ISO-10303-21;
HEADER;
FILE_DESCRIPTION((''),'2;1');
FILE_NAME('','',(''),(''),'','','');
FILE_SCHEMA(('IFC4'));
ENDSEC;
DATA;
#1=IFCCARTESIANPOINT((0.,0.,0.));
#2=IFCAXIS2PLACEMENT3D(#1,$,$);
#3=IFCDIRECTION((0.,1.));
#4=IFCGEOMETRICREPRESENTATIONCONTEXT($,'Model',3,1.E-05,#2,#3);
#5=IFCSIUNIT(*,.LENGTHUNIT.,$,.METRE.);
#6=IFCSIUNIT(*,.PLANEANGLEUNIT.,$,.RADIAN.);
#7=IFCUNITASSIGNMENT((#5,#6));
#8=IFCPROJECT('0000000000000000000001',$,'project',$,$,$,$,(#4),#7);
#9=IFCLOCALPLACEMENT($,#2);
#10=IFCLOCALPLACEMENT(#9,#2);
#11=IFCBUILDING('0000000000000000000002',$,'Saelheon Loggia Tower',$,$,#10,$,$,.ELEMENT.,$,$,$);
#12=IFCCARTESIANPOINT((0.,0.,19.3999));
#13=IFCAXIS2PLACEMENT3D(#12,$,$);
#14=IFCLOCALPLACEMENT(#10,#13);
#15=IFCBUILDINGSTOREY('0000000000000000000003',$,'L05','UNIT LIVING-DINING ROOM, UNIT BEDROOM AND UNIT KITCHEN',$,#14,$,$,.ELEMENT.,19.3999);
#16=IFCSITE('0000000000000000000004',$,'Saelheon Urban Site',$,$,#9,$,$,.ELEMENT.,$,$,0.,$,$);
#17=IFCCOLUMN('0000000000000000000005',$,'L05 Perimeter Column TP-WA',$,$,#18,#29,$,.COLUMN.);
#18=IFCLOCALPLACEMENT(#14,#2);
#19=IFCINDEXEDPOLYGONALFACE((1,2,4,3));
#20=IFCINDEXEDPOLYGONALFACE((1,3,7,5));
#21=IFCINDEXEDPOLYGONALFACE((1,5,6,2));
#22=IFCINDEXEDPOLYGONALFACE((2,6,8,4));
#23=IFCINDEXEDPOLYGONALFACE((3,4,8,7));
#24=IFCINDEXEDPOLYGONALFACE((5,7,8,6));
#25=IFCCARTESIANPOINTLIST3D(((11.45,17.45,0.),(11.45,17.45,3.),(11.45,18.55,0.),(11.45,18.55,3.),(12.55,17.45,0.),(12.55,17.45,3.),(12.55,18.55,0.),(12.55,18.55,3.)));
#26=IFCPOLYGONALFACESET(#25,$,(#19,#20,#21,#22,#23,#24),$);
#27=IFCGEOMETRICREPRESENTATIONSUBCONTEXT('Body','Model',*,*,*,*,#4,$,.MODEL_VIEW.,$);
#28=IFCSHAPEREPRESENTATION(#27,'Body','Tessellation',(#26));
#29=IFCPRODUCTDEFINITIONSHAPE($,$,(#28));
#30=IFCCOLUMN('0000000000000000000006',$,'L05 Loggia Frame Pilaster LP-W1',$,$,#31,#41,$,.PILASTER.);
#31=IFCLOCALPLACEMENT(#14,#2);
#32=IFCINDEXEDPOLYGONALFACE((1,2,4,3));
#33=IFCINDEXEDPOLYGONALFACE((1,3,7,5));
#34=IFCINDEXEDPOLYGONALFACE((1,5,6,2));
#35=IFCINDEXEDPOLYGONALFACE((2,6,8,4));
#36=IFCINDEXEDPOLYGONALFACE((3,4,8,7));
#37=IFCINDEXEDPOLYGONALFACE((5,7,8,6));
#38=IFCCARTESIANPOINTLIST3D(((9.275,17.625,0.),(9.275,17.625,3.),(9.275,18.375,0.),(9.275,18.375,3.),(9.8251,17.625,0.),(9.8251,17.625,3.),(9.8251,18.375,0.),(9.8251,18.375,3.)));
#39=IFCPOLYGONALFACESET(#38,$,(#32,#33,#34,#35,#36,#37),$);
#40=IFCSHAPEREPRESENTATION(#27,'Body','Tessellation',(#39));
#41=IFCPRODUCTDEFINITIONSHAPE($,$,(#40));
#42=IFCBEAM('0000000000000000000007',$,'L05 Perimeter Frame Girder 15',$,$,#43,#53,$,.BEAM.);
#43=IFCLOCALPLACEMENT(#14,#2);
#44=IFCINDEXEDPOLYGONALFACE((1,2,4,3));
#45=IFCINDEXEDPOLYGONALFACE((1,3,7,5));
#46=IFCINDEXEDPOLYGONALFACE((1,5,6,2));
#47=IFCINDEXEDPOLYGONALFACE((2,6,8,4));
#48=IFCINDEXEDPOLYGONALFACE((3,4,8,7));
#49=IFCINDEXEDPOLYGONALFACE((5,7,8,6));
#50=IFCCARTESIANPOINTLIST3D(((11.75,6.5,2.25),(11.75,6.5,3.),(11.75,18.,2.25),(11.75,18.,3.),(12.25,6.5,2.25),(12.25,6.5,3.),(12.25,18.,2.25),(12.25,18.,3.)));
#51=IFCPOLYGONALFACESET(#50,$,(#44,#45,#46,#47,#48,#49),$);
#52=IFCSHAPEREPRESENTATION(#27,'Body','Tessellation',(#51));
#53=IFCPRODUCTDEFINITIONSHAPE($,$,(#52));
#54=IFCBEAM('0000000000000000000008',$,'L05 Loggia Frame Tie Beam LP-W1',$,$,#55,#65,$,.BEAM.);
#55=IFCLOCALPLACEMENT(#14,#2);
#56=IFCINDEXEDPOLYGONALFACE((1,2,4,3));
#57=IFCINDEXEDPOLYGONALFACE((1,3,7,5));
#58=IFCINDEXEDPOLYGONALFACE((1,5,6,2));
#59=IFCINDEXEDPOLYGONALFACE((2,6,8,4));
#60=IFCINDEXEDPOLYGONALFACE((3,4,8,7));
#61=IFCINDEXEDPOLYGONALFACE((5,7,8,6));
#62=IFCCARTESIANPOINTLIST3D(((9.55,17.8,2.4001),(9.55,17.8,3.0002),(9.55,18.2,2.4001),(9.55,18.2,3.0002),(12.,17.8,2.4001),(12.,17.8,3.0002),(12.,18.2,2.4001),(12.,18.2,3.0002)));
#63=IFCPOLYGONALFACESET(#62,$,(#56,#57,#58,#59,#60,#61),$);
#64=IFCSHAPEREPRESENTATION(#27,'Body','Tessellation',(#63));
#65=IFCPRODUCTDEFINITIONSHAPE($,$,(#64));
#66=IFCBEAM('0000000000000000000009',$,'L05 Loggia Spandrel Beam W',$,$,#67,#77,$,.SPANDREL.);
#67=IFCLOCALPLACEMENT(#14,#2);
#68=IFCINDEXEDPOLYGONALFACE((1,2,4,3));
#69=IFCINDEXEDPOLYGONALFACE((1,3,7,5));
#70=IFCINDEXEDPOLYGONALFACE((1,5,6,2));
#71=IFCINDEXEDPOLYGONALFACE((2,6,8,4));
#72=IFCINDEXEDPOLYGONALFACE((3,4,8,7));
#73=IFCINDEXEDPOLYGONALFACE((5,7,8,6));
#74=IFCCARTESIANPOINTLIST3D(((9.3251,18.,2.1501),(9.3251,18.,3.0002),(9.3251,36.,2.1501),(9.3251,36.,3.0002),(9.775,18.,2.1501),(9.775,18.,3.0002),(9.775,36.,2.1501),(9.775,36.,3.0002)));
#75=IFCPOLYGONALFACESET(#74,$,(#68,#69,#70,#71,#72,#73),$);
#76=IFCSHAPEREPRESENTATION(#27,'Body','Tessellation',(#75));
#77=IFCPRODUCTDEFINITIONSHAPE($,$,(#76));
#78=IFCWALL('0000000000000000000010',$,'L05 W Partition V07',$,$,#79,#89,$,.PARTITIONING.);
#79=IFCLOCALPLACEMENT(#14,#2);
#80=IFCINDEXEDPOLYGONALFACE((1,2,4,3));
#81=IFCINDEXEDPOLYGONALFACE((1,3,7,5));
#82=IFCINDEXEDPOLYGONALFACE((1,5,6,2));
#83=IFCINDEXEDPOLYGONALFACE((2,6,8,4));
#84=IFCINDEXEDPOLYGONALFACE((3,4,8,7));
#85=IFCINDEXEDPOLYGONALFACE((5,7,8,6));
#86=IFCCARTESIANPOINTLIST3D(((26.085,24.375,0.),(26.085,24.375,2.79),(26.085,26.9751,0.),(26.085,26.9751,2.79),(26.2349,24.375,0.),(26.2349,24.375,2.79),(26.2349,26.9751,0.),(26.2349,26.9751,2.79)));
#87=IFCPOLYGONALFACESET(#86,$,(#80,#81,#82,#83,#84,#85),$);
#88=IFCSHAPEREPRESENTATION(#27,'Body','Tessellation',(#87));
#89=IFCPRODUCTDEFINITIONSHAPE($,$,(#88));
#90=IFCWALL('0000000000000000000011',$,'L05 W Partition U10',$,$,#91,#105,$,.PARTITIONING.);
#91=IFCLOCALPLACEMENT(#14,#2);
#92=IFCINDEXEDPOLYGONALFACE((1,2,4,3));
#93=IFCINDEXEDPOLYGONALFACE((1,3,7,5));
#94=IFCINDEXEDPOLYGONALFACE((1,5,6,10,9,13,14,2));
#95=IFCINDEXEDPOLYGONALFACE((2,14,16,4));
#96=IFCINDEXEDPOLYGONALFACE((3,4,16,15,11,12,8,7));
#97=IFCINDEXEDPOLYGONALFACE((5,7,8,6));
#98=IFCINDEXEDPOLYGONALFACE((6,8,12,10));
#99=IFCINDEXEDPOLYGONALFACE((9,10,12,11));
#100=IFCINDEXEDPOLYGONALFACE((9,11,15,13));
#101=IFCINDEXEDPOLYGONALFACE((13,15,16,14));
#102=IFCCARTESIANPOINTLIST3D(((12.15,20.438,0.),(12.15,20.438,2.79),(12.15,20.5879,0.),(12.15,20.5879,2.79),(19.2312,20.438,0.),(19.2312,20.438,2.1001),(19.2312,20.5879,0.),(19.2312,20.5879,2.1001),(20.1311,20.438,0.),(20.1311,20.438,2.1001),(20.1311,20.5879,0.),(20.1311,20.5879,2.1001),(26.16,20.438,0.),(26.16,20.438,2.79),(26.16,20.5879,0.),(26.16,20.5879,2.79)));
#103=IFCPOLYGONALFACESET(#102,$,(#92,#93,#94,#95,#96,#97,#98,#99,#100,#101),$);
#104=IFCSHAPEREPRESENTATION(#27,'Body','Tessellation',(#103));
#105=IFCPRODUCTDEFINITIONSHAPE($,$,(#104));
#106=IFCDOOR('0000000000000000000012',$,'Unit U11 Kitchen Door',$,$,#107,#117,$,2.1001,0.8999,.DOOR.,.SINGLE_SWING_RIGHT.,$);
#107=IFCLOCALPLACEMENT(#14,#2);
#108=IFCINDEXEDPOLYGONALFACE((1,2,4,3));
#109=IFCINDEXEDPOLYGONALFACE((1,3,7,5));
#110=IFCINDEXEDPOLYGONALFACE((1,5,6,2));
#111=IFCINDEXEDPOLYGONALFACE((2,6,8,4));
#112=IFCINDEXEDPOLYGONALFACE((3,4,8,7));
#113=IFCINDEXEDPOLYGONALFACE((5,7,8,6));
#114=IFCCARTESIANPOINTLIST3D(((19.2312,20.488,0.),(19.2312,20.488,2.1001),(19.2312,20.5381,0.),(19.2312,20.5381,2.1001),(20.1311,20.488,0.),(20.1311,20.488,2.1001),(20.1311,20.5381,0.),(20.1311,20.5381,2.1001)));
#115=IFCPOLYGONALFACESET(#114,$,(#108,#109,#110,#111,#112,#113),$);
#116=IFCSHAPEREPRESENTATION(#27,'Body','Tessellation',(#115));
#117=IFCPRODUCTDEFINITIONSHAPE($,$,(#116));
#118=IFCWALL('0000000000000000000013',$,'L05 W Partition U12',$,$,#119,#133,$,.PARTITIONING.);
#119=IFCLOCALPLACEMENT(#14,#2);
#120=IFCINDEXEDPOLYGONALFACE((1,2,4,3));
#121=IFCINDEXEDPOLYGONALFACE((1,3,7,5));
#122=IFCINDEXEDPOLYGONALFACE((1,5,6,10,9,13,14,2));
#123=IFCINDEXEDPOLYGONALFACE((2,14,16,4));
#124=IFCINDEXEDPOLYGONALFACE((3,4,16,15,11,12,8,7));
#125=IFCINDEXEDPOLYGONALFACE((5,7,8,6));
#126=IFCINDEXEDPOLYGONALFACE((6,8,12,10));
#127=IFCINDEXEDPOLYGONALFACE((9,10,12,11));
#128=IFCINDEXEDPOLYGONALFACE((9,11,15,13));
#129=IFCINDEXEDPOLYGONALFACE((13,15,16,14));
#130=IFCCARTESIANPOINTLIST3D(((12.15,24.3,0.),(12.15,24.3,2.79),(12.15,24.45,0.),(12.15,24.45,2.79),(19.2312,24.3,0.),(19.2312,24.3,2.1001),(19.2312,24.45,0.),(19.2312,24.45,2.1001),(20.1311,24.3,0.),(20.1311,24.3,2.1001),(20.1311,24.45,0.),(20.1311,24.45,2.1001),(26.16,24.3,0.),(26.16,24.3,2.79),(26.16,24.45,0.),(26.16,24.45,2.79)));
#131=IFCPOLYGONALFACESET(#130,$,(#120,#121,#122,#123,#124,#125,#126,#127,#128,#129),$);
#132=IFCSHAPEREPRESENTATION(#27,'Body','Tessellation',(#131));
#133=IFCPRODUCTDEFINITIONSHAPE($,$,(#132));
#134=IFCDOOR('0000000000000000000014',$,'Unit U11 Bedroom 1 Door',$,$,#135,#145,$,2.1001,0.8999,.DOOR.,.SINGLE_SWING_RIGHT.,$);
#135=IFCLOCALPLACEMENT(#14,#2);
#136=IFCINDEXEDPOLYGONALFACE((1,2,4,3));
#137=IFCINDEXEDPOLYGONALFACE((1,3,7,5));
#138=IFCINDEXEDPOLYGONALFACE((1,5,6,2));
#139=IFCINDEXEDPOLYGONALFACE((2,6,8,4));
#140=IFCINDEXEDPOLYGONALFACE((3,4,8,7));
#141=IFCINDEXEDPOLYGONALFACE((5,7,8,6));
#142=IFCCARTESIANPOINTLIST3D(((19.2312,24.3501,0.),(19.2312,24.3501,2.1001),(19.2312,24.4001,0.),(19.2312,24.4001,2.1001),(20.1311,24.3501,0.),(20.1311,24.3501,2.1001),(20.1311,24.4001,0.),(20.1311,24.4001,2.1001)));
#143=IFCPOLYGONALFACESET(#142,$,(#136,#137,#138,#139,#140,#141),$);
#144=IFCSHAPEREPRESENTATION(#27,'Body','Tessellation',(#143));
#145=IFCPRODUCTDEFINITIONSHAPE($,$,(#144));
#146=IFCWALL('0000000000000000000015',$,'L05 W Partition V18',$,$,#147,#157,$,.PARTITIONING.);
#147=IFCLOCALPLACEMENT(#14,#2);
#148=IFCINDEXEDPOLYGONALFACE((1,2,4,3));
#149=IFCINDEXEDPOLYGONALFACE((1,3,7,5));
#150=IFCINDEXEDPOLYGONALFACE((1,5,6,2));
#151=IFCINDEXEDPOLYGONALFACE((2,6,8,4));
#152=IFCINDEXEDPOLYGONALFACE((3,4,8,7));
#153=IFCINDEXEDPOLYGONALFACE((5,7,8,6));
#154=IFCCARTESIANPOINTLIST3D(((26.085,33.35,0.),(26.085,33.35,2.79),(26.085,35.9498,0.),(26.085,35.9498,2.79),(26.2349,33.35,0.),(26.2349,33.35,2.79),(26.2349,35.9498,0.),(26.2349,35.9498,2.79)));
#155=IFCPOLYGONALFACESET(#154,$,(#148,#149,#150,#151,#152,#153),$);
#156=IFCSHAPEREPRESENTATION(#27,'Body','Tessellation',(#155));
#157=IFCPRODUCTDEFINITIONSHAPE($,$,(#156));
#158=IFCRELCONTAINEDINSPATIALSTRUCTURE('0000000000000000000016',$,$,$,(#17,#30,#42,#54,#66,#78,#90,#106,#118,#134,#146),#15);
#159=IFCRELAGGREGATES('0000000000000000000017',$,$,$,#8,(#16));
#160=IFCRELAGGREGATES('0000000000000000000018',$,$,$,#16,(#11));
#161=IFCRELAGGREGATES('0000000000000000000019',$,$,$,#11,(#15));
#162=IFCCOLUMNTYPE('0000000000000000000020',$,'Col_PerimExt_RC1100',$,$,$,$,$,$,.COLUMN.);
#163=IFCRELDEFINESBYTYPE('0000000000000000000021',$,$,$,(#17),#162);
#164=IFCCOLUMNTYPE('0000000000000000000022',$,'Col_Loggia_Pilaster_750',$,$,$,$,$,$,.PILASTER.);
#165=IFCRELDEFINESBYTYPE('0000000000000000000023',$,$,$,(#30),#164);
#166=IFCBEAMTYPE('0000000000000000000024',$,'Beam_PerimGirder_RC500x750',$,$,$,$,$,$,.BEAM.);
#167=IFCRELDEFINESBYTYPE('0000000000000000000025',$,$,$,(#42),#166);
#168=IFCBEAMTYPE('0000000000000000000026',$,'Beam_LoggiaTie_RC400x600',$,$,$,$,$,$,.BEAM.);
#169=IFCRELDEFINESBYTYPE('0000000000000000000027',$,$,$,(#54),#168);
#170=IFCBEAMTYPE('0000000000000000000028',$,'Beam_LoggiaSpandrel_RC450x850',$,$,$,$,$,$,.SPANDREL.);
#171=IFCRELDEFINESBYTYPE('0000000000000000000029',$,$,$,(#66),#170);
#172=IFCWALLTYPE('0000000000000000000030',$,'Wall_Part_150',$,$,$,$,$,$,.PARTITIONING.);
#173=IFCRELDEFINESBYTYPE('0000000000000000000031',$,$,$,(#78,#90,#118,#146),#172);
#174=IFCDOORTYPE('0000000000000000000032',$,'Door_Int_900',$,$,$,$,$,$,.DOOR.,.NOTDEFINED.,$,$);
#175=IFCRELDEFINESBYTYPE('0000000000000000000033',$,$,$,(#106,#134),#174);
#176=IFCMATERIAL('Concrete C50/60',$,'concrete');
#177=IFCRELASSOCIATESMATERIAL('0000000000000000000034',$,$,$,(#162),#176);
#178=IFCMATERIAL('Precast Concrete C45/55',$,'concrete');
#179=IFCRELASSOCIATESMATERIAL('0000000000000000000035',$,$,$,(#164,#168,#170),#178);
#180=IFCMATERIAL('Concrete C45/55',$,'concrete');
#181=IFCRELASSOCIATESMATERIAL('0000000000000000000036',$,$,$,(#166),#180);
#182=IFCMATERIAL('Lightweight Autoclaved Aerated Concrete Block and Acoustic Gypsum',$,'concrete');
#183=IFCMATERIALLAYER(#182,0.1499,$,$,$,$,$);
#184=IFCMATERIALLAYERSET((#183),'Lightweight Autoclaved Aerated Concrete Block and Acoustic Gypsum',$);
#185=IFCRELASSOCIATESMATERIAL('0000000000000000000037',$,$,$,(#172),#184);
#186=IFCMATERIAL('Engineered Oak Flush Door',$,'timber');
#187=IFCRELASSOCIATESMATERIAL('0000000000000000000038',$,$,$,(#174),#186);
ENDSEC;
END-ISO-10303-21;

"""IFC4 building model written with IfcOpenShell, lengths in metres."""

from ifc_helpers import new_model, si_unit, direction, frame, frame_2d, origin, origin_2d, place, context, subcontext, project, spatial, rectangle, extrude, source, transform, mapped, material, layer, layer_set, material_profile, profile_set, type_object, element, fill, save


model = new_model("IFC4")

# Units and contexts
model_context = context("Model", 3, precision=1e-05, world=origin(), true_north=direction((0.0, 1.0)))
body_context = subcontext(model_context, "Body", "Model", "MODEL_VIEW")
ifc_project = project(units=[si_unit("LENGTHUNIT", "METRE"), si_unit("PLANEANGLEUNIT", "RADIAN")], contexts=[model_context])

# Site, building, storey
site_placement = place(None, origin())
site = spatial("IfcSite", under=ifc_project, at=site_placement, Name="Saelheon Urban Site", CompositionType="ELEMENT", RefElevation=0.0)
building_placement = place(site_placement, origin())
building = spatial("IfcBuilding", under=site, at=building_placement, Name="Saelheon Loggia Tower", CompositionType="ELEMENT")
storey_placement = place(building_placement, frame((0.0, 0.0, 19.3999)))
storey = spatial("IfcBuildingStorey", under=building, at=storey_placement, Name="L05", Description="UNIT LIVING-DINING ROOM, UNIT BEDROOM AND UNIT KITCHEN", CompositionType="ELEMENT", Elevation=19.3999)

# Columns
ifc_material_1 = material(Name="Concrete C50/60", Category="concrete")
ifc_material_profile_1 = material_profile(ifc_material_1, rectangle(XDim=1.1001, YDim=1.1001, at=origin_2d()), Name="RC-1100x1100")
ifc_profile_set_1 = profile_set([ifc_material_profile_1], Name="Concrete C50/60")
column_type_1 = type_object("IfcColumnType", Name="Col_PerimExt_RC1100", PredefinedType="COLUMN", material=ifc_profile_set_1)
shared_shape_1 = source(origin(), body_context, "Body", "SweptSolid", [
    extrude(rectangle(XDim=1.1001, YDim=1.1001, at=origin_2d()), origin(), (0.0, 0.0, 1.0), 3.0),
])
column_1_placement = place(storey_placement, frame((12.0, 18.0, 0.0), z_axis=(0.0, 0.0, 1.0), x_axis=(1.0, 0.0, 0.0)))
element("IfcColumn", 1, at=column_1_placement, inside=storey, type_object=column_type_1, Name="L05 Perimeter Column TP-WA", PredefinedType="COLUMN", context=body_context, shape_type="MappedRepresentation", body=[
    mapped(shared_shape_1, transform((0.0, 0.0, 0.0), scale=1.0)),
])
ifc_material_2 = material(Name="Precast Concrete C45/55", Category="concrete")
ifc_material_profile_2 = material_profile(ifc_material_2, rectangle(XDim=0.55, YDim=0.75, at=origin_2d()), Name="RC-550x750")
ifc_profile_set_2 = profile_set([ifc_material_profile_2], Name="Precast Concrete C45/55")
column_type_2 = type_object("IfcColumnType", Name="Col_Loggia_Pilaster_750", PredefinedType="PILASTER", material=ifc_profile_set_2)
shared_shape_2 = source(origin(), body_context, "Body", "SweptSolid", [
    extrude(rectangle(XDim=0.55, YDim=0.75, at=origin_2d()), origin(), (0.0, 0.0, 1.0), 3.0),
])
column_2_placement = place(storey_placement, frame((9.55, 18.0, 0.0), z_axis=(0.0, 0.0, 1.0), x_axis=(1.0, 0.0, 0.0)))
element("IfcColumn", 2, at=column_2_placement, inside=storey, type_object=column_type_2, Name="L05 Loggia Frame Pilaster LP-W1", PredefinedType="PILASTER", context=body_context, shape_type="MappedRepresentation", body=[
    mapped(shared_shape_2, transform((0.0, 0.0, 0.0), scale=1.0)),
])

# Beams
ifc_material_3 = material(Name="Concrete C45/55", Category="concrete")
ifc_material_profile_3 = material_profile(ifc_material_3, rectangle(XDim=0.5, YDim=0.75, at=origin_2d()), Name="RC-500x750")
ifc_profile_set_3 = profile_set([ifc_material_profile_3], Name="Concrete C45/55")
beam_type_1 = type_object("IfcBeamType", Name="Beam_PerimGirder_RC500x750", PredefinedType="BEAM", material=ifc_profile_set_3)
shared_shape_3 = source(origin(), body_context, "Body", "SweptSolid", [
    extrude(rectangle(XDim=0.5, YDim=0.75, at=origin_2d()), origin(), (0.0, 0.0, 1.0), 11.5),
])
beam_1_placement = place(storey_placement, frame((12.0, 18.0, 2.625), z_axis=(0.0, -1.0, 0.0), x_axis=(1.0, 0.0, 0.0)))
element("IfcBeam", 3, at=beam_1_placement, inside=storey, type_object=beam_type_1, Name="L05 Perimeter Frame Girder 15", PredefinedType="BEAM", context=body_context, shape_type="MappedRepresentation", body=[
    mapped(shared_shape_3, transform((0.0, 0.0, 0.0), scale=1.0)),
])
ifc_material_profile_4 = material_profile(ifc_material_2, rectangle(XDim=0.3999, YDim=0.6001, at=origin_2d()), Name="RC-400x600")
ifc_profile_set_4 = profile_set([ifc_material_profile_4], Name="Precast Concrete C45/55")
beam_type_2 = type_object("IfcBeamType", Name="Beam_LoggiaTie_RC400x600", PredefinedType="BEAM", material=ifc_profile_set_4)
shared_shape_4 = source(origin(), body_context, "Body", "SweptSolid", [
    extrude(rectangle(XDim=0.3999, YDim=0.6001, at=origin_2d()), origin(), (0.0, 0.0, 1.0), 2.45),
])
beam_2_placement = place(storey_placement, frame((12.0, 18.0, 2.7002), z_axis=(-1.0, 0.0, 0.0), x_axis=(0.0, -1.0, 0.0)))
element("IfcBeam", 4, at=beam_2_placement, inside=storey, type_object=beam_type_2, Name="L05 Loggia Frame Tie Beam LP-W1", PredefinedType="BEAM", context=body_context, shape_type="MappedRepresentation", body=[
    mapped(shared_shape_4, transform((0.0, 0.0, 0.0), scale=1.0)),
])
ifc_material_profile_5 = material_profile(ifc_material_2, rectangle(XDim=0.45, YDim=0.8501, at=origin_2d()), Name="RC-450x850")
ifc_profile_set_5 = profile_set([ifc_material_profile_5], Name="Precast Concrete C45/55")
beam_type_3 = type_object("IfcBeamType", Name="Beam_LoggiaSpandrel_RC450x850", PredefinedType="SPANDREL", material=ifc_profile_set_5)
shared_shape_5 = source(origin(), body_context, "Body", "SweptSolid", [
    extrude(rectangle(XDim=0.45, YDim=0.8501, at=origin_2d()), origin(), (0.0, 0.0, 1.0), 18.0),
])
beam_3_placement = place(storey_placement, frame((9.55, 18.0, 2.5752), z_axis=(0.0, 1.0, 0.0), x_axis=(-1.0, 0.0, 0.0)))
element("IfcBeam", 5, at=beam_3_placement, inside=storey, type_object=beam_type_3, Name="L05 Loggia Spandrel Beam W", PredefinedType="SPANDREL", context=body_context, shape_type="MappedRepresentation", body=[
    mapped(shared_shape_5, transform((0.0, 0.0, 0.0), scale=1.0)),
])

# Wall
ifc_material_4 = material(Name="Lightweight Autoclaved Aerated Concrete Block and Acoustic Gypsum", Category="concrete")
ifc_layer_1 = layer(ifc_material_4, 0.1499)
ifc_layer_set_1 = layer_set([ifc_layer_1], Name="Lightweight Autoclaved Aerated Concrete Block and Acoustic Gypsum")
wall_type_1 = type_object("IfcWallType", Name="Wall_Part_150", PredefinedType="PARTITIONING", material=ifc_layer_set_1)
wall_1_placement = place(storey_placement, frame((26.1599, 24.375, 0.0), z_axis=(0.0, 0.0, 1.0), x_axis=(0.0, 1.0, 0.0)))
element("IfcWall", 6, at=wall_1_placement, inside=storey, type_object=wall_type_1, Name="L05 W Partition V07", PredefinedType="PARTITIONING", context=body_context, shape_type="SweptSolid", body=[
    extrude(rectangle(XDim=2.6001, YDim=0.1499, at=frame_2d((1.3, 0.0))), origin(), (0.0, 0.0, 1.0), 2.79),
])

# Walls, openings, doors
wall_2_placement = place(storey_placement, frame((26.1599, 20.5129, 0.0), z_axis=(0.0, 0.0, 1.0), x_axis=(-1.0, 0.0, 0.0)))
wall_2 = element("IfcWall", 7, at=wall_2_placement, inside=storey, type_object=wall_type_1, Name="L05 W Partition U10", PredefinedType="PARTITIONING", context=body_context, shape_type="SweptSolid", body=[
    extrude(rectangle(XDim=14.01, YDim=0.1499, at=frame_2d((7.0049, 0.0))), origin(), (0.0, 0.0, 1.0), 2.79),
])
opening_1_placement = place(wall_2_placement, frame((6.0288, 0.0, 0.0)))
opening_1 = element("IfcOpeningElement", 8, at=opening_1_placement, cuts=wall_2, PredefinedType="OPENING", context=body_context, shape_type="SweptSolid", body=[
    extrude(rectangle(XDim=0.8999, YDim=2.1001, at=frame_2d((0.45, 1.05))), frame((0.0, 0.0869, 0.0), z_axis=(0.0, -1.0, 0.0), x_axis=(1.0, 0.0, 0.0)), (0.0, 0.0, 1.0), 0.1738),
])
ifc_material_5 = material(Name="Engineered Oak Flush Door", Category="timber")
door_type = type_object("IfcDoorType", Name="Door_Int_900", OperationType="NOTDEFINED", PredefinedType="DOOR", material=ifc_material_5)
shared_shape_6 = source(origin(), body_context, "Body", "SweptSolid", [
    extrude(rectangle(XDim=0.8999, YDim=2.1001, at=frame_2d((0.45, 1.05))), frame((0.0, 0.0249, 0.0), z_axis=(0.0, -1.0, 0.0), x_axis=(1.0, 0.0, 0.0)), (0.0, 0.0, 1.0), 0.05),
])
door_1_placement = place(opening_1_placement, origin())
door_1 = element("IfcDoor", 9, at=door_1_placement, inside=storey, type_object=door_type, Name="Unit U11 Kitchen Door", OperationType="SINGLE_SWING_RIGHT", OverallHeight=2.1001, OverallWidth=0.8999, PredefinedType="DOOR", context=body_context, shape_type="MappedRepresentation", body=[
    mapped(shared_shape_6, transform((0.0, 0.0, 0.0), scale=1.0)),
])
fill(opening_1, door_1)
wall_3_placement = place(storey_placement, frame((26.1599, 24.375, 0.0), z_axis=(0.0, 0.0, 1.0), x_axis=(-1.0, 0.0, 0.0)))
wall_3 = element("IfcWall", 10, at=wall_3_placement, inside=storey, type_object=wall_type_1, Name="L05 W Partition U12", PredefinedType="PARTITIONING", context=body_context, shape_type="SweptSolid", body=[
    extrude(rectangle(XDim=14.01, YDim=0.1499, at=frame_2d((7.0049, 0.0))), origin(), (0.0, 0.0, 1.0), 2.79),
])
opening_2_placement = place(wall_3_placement, frame((6.0288, 0.0, 0.0)))
opening_2 = element("IfcOpeningElement", 11, at=opening_2_placement, cuts=wall_3, PredefinedType="OPENING", context=body_context, shape_type="SweptSolid", body=[
    extrude(rectangle(XDim=0.8999, YDim=2.1001, at=frame_2d((0.45, 1.05))), frame((0.0, 0.0869, 0.0), z_axis=(0.0, -1.0, 0.0), x_axis=(1.0, 0.0, 0.0)), (0.0, 0.0, 1.0), 0.1738),
])
door_2_placement = place(opening_2_placement, origin())
door_2 = element("IfcDoor", 12, at=door_2_placement, inside=storey, type_object=door_type, Name="Unit U11 Bedroom 1 Door", OperationType="SINGLE_SWING_RIGHT", OverallHeight=2.1001, OverallWidth=0.8999, PredefinedType="DOOR", context=body_context, shape_type="MappedRepresentation", body=[
    mapped(shared_shape_6, transform((0.0, 0.0, 0.0), scale=1.0)),
])
fill(opening_2, door_2)

# Wall
wall_4_placement = place(storey_placement, frame((26.1599, 33.3501, 0.0), z_axis=(0.0, 0.0, 1.0), x_axis=(0.0, 1.0, 0.0)))
element("IfcWall", 13, at=wall_4_placement, inside=storey, type_object=wall_type_1, Name="L05 W Partition V18", PredefinedType="PARTITIONING", context=body_context, shape_type="SweptSolid", body=[
    extrude(rectangle(XDim=2.5999, YDim=0.1499, at=frame_2d((1.2998, 0.0))), origin(), (0.0, 0.0, 1.0), 2.79),
])

save(model, "model.ifc")
